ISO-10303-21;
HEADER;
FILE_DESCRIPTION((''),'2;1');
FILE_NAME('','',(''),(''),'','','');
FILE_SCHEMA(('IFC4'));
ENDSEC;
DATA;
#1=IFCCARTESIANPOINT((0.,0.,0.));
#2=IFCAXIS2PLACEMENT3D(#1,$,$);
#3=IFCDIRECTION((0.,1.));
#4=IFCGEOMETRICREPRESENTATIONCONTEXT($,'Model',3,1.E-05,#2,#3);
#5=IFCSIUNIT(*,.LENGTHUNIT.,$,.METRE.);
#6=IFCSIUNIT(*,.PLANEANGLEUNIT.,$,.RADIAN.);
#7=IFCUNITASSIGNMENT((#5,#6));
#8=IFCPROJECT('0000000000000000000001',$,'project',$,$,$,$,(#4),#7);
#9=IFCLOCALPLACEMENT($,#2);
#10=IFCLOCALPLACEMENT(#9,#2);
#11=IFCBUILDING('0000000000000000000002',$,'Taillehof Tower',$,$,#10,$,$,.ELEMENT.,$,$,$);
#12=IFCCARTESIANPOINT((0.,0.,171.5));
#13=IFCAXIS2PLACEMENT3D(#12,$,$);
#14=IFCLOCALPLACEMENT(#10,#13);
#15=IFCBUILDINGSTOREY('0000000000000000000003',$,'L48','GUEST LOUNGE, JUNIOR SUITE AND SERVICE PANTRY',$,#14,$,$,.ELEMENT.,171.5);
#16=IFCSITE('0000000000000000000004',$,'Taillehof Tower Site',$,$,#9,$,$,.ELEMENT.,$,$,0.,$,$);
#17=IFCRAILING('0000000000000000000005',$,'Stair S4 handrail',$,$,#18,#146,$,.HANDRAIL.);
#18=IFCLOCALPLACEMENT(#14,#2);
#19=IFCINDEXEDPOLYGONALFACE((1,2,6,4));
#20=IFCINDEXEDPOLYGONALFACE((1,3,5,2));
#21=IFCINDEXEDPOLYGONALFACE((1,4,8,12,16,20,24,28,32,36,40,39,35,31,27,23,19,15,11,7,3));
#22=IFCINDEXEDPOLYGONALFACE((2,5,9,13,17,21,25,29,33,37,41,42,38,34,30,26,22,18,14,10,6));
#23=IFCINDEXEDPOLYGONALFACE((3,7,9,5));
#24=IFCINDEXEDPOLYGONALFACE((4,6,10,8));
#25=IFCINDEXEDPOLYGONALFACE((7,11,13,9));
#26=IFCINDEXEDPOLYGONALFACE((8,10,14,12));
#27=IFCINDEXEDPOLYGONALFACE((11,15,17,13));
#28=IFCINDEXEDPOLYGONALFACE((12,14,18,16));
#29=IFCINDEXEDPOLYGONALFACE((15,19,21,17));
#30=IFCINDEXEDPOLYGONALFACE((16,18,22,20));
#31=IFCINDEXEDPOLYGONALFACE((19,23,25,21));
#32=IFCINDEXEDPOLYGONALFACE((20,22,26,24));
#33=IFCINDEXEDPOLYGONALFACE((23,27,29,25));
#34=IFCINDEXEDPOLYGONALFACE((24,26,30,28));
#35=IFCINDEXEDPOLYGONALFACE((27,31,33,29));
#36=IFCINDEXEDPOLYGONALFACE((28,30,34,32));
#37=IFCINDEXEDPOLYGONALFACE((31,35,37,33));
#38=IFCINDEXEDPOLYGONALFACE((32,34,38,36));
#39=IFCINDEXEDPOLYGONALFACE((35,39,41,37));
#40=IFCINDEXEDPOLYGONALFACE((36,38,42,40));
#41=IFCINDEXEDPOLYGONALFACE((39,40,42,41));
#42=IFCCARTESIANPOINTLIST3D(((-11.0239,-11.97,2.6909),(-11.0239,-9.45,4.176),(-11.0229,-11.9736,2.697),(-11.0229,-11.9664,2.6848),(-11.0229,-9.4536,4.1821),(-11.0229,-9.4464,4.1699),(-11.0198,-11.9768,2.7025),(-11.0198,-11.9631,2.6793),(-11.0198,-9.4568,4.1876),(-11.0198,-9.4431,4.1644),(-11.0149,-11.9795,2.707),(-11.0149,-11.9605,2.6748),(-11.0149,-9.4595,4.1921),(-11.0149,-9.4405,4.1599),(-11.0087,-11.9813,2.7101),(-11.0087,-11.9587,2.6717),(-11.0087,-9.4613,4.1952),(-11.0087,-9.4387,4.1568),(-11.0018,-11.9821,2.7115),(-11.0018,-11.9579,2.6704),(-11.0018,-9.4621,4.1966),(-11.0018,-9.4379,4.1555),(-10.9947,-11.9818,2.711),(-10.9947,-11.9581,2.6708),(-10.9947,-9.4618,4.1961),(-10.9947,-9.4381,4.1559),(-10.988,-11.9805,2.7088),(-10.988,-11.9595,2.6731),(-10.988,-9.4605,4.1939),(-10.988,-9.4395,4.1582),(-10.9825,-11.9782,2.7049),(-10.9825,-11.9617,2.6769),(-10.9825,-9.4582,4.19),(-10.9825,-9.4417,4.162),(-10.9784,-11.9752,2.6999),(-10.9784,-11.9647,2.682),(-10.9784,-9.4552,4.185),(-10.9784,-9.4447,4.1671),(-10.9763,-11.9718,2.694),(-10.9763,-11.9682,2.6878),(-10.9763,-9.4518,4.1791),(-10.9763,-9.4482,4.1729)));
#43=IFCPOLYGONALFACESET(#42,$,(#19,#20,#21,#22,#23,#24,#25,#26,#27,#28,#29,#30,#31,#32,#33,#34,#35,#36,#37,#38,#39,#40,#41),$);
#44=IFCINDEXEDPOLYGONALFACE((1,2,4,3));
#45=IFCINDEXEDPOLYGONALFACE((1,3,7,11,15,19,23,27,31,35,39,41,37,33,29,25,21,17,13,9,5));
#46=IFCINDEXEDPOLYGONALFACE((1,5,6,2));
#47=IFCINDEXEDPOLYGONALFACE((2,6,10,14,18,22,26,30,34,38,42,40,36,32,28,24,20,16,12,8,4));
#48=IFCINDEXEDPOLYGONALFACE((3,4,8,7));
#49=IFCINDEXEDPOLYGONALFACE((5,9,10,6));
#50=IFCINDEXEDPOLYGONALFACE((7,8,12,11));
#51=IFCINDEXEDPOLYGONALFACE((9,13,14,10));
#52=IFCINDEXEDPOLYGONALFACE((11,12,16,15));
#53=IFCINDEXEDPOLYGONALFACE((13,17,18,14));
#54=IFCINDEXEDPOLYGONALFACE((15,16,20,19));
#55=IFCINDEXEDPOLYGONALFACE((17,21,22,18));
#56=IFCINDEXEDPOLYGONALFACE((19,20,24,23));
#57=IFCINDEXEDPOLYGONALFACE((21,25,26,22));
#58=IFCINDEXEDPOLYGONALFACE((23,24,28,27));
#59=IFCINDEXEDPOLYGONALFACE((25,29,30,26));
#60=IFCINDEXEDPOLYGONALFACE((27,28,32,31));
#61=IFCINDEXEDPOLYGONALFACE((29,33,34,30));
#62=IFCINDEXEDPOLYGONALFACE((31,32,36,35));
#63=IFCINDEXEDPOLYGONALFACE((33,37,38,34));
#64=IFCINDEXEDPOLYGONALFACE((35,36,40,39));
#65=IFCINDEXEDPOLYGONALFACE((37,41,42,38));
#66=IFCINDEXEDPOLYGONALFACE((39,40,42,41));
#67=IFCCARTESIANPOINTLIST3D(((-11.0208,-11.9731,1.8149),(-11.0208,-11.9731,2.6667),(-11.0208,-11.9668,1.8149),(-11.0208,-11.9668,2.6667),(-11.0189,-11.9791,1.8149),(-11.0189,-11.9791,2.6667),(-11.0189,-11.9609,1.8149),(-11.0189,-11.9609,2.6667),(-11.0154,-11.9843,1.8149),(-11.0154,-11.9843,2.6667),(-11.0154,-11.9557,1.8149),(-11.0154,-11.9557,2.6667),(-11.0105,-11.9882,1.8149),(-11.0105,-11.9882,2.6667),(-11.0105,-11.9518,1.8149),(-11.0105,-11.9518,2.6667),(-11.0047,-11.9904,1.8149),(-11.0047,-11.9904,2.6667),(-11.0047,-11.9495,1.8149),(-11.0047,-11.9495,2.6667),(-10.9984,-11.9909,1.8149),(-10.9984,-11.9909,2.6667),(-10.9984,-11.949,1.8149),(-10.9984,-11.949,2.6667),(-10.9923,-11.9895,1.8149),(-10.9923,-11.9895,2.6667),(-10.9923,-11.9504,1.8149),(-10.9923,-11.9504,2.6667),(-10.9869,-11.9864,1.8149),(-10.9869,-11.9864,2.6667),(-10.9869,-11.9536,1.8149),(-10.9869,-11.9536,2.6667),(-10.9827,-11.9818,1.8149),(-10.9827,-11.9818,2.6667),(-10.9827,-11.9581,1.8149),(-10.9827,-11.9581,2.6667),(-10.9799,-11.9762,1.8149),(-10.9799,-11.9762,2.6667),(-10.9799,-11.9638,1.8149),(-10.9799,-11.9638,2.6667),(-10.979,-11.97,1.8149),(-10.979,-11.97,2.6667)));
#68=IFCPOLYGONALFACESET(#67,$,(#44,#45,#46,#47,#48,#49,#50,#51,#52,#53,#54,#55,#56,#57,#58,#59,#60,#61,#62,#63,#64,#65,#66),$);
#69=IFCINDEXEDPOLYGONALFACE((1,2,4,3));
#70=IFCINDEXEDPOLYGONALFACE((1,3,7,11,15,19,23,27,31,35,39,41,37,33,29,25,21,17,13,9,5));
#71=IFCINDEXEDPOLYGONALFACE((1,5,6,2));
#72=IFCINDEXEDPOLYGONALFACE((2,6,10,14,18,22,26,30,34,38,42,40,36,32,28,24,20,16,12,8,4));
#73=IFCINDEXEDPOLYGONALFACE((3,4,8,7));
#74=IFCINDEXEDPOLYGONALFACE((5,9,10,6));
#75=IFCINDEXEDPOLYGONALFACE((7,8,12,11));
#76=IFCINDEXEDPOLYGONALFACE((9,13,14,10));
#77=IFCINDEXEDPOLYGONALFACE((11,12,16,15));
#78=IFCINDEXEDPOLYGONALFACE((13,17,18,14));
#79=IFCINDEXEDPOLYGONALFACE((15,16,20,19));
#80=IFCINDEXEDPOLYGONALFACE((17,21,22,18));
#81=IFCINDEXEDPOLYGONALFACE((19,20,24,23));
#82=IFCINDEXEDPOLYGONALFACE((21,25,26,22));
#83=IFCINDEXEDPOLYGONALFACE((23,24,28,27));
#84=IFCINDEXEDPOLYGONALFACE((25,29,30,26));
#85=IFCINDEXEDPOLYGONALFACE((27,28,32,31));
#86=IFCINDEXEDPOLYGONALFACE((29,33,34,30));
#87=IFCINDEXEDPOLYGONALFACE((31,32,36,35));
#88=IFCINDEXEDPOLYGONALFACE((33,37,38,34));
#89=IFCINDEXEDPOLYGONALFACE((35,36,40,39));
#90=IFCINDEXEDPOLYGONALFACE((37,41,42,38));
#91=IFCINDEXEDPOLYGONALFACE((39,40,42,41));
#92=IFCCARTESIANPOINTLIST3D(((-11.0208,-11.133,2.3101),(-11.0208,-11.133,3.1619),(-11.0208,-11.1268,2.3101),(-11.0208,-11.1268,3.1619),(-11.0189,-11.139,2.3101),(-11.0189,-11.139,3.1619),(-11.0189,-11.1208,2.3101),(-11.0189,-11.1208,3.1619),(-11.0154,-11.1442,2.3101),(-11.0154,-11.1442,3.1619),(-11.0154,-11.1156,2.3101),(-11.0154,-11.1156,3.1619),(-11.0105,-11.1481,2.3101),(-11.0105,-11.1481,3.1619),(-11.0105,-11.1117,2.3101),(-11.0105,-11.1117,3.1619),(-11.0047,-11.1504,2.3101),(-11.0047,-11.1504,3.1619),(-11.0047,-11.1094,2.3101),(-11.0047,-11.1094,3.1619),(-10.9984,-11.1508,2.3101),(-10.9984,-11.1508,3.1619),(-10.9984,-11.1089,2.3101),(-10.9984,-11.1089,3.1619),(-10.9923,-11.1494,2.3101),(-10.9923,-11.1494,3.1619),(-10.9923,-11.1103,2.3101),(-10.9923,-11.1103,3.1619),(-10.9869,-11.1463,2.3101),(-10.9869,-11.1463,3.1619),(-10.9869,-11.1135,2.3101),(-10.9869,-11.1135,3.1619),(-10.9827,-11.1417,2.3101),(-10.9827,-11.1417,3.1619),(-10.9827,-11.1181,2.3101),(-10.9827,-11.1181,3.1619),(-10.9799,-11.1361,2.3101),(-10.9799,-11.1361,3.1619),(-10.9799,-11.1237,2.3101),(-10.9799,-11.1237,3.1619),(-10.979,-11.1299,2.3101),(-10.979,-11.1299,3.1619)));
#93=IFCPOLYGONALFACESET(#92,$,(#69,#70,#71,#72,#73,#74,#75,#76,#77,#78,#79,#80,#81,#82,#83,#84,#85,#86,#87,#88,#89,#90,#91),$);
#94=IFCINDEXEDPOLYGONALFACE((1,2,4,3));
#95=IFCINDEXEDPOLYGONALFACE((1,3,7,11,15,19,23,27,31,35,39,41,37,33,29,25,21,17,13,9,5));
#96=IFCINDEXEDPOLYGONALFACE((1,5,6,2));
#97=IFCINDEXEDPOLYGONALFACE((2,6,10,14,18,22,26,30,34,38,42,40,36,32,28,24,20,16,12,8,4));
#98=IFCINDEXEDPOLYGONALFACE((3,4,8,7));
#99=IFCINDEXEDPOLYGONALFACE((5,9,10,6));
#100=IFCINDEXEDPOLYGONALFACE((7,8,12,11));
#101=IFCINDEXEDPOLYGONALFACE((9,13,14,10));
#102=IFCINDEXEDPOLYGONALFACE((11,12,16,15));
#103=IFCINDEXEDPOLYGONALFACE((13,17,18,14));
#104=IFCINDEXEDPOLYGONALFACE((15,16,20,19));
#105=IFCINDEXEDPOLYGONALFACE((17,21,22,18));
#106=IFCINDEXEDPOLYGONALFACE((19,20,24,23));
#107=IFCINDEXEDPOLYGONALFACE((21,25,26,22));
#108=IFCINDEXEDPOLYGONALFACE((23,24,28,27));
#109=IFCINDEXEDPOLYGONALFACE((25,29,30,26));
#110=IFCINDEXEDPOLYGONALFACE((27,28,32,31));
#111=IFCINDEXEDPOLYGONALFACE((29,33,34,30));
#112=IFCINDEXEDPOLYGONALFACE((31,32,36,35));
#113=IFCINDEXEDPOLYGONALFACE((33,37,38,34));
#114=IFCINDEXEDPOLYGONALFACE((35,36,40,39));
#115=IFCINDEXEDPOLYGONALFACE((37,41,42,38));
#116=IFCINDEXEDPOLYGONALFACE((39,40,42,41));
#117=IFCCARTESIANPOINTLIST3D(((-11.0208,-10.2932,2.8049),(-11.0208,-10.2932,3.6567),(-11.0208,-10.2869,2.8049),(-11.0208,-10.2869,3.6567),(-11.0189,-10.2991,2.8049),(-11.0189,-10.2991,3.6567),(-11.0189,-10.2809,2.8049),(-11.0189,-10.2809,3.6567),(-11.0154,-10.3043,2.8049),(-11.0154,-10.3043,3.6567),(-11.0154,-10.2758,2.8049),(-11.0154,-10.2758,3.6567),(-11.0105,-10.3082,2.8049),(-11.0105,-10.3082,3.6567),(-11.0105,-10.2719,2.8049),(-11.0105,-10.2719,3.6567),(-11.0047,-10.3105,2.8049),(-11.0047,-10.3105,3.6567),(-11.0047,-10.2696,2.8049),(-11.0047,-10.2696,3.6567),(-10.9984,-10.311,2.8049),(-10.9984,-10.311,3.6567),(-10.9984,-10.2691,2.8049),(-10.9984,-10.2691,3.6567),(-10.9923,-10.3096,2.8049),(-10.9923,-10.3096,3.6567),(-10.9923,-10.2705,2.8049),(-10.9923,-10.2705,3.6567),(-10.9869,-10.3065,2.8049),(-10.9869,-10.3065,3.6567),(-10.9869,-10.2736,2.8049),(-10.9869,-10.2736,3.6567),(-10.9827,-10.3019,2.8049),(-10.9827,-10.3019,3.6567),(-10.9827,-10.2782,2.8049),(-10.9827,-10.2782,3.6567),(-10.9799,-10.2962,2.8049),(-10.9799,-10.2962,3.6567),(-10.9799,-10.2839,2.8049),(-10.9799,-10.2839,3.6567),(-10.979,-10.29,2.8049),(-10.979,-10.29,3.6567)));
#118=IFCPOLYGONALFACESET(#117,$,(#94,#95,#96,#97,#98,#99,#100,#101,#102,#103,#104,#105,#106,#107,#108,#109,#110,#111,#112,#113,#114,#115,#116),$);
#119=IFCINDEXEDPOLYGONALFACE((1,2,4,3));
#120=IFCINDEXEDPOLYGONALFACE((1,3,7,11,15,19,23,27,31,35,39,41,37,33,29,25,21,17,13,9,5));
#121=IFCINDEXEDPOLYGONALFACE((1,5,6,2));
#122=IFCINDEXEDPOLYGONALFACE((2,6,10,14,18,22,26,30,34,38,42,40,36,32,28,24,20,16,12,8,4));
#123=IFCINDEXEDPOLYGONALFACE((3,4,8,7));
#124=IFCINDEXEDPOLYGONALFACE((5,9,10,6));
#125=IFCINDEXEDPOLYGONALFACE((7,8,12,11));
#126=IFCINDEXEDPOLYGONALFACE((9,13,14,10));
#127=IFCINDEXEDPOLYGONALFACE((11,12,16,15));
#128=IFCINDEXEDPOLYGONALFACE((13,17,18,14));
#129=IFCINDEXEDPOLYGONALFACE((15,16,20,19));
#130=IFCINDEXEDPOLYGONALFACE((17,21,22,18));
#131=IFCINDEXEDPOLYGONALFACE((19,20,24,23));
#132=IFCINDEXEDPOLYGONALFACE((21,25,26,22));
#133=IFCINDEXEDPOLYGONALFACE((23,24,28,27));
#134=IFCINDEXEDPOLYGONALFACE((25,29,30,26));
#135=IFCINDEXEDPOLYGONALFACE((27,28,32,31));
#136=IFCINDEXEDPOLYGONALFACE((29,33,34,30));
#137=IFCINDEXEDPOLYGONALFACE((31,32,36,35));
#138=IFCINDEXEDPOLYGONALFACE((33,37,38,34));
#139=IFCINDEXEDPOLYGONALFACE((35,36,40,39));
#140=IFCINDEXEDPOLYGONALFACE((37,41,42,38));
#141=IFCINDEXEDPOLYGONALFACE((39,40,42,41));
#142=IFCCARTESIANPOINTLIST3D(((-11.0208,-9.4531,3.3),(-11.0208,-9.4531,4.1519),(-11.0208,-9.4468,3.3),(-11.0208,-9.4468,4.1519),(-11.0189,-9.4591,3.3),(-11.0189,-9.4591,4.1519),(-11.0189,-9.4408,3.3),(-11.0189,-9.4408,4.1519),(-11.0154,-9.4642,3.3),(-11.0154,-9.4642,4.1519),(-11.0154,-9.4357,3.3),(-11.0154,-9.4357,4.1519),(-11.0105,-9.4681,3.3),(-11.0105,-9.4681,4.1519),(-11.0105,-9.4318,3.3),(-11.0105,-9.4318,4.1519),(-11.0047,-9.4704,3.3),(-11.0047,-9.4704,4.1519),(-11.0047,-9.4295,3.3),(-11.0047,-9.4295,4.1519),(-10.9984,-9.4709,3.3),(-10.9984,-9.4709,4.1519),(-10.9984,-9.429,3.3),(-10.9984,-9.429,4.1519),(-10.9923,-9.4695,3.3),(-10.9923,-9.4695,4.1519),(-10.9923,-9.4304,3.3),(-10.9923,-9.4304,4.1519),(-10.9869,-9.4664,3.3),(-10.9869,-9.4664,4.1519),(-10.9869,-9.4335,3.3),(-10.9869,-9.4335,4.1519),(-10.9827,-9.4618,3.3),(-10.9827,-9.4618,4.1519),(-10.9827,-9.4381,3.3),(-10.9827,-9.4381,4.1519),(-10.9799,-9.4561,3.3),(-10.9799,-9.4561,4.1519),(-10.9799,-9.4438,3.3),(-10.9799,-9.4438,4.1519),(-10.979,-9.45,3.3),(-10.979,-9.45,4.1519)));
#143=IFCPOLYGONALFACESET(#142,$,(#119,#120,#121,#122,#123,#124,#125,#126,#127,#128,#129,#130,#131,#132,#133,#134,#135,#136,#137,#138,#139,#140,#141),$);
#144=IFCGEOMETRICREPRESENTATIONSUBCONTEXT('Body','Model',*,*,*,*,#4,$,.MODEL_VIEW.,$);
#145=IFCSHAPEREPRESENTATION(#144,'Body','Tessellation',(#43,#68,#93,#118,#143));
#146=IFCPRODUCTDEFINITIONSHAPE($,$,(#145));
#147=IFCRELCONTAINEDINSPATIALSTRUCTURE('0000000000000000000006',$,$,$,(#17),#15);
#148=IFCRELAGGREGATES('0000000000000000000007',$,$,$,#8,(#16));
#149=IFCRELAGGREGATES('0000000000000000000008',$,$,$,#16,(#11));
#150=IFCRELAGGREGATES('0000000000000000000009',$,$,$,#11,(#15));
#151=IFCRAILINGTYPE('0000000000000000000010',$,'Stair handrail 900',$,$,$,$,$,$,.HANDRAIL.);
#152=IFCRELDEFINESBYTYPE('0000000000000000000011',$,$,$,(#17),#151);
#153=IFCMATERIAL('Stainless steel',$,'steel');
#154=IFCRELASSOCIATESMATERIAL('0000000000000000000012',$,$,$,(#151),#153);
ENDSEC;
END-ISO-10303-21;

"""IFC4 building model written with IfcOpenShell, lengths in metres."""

from ifc_helpers import new_model, si_unit, direction, frame, origin, origin_2d, place, context, subcontext, project, spatial, circle, extrude, material, type_object, element, save


model = new_model("IFC4")

# Units and contexts
model_context = context("Model", 3, precision=1e-05, world=origin(), true_north=direction((0.0, 1.0)))
body_context = subcontext(model_context, "Body", "Model", "MODEL_VIEW")
ifc_project = project(units=[si_unit("LENGTHUNIT", "METRE"), si_unit("PLANEANGLEUNIT", "RADIAN")], contexts=[model_context])

# Site, building, storey
site_placement = place(None, origin())
site = spatial("IfcSite", under=ifc_project, at=site_placement, Name="Taillehof Tower Site", CompositionType="ELEMENT", RefElevation=0.0)
building_placement = place(site_placement, origin())
building = spatial("IfcBuilding", under=site, at=building_placement, Name="Taillehof Tower", CompositionType="ELEMENT")
storey_placement = place(building_placement, frame((0.0, 0.0, 171.5)))
storey = spatial("IfcBuildingStorey", under=building, at=storey_placement, Name="L48", Description="GUEST LOUNGE, JUNIOR SUITE AND SERVICE PANTRY", CompositionType="ELEMENT", Elevation=171.5)

# Railing
ifc_material_1 = material(Name="Stainless steel", Category="steel")
railing_type = type_object("IfcRailingType", Name="Stair handrail 900", PredefinedType="HANDRAIL", material=ifc_material_1)
railing_placement = place(storey_placement, frame((-11.0, -11.97, 1.8149)))
element("IfcRailing", 1, at=railing_placement, inside=storey, type_object=railing_type, Name="Stair S4 handrail", PredefinedType="HANDRAIL", context=body_context, shape_type="SweptSolid", body=[
    extrude(circle(Radius=0.0239, at=origin_2d()), frame((0.0, 0.0, 0.876), z_axis=(0.0, 0.861524, 0.507717), x_axis=(-1.0, 0.0, 0.0)), (0.0, 0.0, 1.0), 2.925),
    extrude(circle(Radius=0.021, at=origin_2d()), origin(), (0.0, 0.0, 1.0), 0.8518),
    extrude(circle(Radius=0.021, at=origin_2d()), frame((0.0, 0.8401, 0.4951)), (0.0, 0.0, 1.0), 0.8518),
    extrude(circle(Radius=0.021, at=origin_2d()), frame((0.0, 1.6799, 0.99)), (0.0, 0.0, 1.0), 0.8518),
    extrude(circle(Radius=0.021, at=origin_2d()), frame((0.0, 2.52, 1.4851)), (0.0, 0.0, 1.0), 0.8518),
])

save(model, "model.ifc")
